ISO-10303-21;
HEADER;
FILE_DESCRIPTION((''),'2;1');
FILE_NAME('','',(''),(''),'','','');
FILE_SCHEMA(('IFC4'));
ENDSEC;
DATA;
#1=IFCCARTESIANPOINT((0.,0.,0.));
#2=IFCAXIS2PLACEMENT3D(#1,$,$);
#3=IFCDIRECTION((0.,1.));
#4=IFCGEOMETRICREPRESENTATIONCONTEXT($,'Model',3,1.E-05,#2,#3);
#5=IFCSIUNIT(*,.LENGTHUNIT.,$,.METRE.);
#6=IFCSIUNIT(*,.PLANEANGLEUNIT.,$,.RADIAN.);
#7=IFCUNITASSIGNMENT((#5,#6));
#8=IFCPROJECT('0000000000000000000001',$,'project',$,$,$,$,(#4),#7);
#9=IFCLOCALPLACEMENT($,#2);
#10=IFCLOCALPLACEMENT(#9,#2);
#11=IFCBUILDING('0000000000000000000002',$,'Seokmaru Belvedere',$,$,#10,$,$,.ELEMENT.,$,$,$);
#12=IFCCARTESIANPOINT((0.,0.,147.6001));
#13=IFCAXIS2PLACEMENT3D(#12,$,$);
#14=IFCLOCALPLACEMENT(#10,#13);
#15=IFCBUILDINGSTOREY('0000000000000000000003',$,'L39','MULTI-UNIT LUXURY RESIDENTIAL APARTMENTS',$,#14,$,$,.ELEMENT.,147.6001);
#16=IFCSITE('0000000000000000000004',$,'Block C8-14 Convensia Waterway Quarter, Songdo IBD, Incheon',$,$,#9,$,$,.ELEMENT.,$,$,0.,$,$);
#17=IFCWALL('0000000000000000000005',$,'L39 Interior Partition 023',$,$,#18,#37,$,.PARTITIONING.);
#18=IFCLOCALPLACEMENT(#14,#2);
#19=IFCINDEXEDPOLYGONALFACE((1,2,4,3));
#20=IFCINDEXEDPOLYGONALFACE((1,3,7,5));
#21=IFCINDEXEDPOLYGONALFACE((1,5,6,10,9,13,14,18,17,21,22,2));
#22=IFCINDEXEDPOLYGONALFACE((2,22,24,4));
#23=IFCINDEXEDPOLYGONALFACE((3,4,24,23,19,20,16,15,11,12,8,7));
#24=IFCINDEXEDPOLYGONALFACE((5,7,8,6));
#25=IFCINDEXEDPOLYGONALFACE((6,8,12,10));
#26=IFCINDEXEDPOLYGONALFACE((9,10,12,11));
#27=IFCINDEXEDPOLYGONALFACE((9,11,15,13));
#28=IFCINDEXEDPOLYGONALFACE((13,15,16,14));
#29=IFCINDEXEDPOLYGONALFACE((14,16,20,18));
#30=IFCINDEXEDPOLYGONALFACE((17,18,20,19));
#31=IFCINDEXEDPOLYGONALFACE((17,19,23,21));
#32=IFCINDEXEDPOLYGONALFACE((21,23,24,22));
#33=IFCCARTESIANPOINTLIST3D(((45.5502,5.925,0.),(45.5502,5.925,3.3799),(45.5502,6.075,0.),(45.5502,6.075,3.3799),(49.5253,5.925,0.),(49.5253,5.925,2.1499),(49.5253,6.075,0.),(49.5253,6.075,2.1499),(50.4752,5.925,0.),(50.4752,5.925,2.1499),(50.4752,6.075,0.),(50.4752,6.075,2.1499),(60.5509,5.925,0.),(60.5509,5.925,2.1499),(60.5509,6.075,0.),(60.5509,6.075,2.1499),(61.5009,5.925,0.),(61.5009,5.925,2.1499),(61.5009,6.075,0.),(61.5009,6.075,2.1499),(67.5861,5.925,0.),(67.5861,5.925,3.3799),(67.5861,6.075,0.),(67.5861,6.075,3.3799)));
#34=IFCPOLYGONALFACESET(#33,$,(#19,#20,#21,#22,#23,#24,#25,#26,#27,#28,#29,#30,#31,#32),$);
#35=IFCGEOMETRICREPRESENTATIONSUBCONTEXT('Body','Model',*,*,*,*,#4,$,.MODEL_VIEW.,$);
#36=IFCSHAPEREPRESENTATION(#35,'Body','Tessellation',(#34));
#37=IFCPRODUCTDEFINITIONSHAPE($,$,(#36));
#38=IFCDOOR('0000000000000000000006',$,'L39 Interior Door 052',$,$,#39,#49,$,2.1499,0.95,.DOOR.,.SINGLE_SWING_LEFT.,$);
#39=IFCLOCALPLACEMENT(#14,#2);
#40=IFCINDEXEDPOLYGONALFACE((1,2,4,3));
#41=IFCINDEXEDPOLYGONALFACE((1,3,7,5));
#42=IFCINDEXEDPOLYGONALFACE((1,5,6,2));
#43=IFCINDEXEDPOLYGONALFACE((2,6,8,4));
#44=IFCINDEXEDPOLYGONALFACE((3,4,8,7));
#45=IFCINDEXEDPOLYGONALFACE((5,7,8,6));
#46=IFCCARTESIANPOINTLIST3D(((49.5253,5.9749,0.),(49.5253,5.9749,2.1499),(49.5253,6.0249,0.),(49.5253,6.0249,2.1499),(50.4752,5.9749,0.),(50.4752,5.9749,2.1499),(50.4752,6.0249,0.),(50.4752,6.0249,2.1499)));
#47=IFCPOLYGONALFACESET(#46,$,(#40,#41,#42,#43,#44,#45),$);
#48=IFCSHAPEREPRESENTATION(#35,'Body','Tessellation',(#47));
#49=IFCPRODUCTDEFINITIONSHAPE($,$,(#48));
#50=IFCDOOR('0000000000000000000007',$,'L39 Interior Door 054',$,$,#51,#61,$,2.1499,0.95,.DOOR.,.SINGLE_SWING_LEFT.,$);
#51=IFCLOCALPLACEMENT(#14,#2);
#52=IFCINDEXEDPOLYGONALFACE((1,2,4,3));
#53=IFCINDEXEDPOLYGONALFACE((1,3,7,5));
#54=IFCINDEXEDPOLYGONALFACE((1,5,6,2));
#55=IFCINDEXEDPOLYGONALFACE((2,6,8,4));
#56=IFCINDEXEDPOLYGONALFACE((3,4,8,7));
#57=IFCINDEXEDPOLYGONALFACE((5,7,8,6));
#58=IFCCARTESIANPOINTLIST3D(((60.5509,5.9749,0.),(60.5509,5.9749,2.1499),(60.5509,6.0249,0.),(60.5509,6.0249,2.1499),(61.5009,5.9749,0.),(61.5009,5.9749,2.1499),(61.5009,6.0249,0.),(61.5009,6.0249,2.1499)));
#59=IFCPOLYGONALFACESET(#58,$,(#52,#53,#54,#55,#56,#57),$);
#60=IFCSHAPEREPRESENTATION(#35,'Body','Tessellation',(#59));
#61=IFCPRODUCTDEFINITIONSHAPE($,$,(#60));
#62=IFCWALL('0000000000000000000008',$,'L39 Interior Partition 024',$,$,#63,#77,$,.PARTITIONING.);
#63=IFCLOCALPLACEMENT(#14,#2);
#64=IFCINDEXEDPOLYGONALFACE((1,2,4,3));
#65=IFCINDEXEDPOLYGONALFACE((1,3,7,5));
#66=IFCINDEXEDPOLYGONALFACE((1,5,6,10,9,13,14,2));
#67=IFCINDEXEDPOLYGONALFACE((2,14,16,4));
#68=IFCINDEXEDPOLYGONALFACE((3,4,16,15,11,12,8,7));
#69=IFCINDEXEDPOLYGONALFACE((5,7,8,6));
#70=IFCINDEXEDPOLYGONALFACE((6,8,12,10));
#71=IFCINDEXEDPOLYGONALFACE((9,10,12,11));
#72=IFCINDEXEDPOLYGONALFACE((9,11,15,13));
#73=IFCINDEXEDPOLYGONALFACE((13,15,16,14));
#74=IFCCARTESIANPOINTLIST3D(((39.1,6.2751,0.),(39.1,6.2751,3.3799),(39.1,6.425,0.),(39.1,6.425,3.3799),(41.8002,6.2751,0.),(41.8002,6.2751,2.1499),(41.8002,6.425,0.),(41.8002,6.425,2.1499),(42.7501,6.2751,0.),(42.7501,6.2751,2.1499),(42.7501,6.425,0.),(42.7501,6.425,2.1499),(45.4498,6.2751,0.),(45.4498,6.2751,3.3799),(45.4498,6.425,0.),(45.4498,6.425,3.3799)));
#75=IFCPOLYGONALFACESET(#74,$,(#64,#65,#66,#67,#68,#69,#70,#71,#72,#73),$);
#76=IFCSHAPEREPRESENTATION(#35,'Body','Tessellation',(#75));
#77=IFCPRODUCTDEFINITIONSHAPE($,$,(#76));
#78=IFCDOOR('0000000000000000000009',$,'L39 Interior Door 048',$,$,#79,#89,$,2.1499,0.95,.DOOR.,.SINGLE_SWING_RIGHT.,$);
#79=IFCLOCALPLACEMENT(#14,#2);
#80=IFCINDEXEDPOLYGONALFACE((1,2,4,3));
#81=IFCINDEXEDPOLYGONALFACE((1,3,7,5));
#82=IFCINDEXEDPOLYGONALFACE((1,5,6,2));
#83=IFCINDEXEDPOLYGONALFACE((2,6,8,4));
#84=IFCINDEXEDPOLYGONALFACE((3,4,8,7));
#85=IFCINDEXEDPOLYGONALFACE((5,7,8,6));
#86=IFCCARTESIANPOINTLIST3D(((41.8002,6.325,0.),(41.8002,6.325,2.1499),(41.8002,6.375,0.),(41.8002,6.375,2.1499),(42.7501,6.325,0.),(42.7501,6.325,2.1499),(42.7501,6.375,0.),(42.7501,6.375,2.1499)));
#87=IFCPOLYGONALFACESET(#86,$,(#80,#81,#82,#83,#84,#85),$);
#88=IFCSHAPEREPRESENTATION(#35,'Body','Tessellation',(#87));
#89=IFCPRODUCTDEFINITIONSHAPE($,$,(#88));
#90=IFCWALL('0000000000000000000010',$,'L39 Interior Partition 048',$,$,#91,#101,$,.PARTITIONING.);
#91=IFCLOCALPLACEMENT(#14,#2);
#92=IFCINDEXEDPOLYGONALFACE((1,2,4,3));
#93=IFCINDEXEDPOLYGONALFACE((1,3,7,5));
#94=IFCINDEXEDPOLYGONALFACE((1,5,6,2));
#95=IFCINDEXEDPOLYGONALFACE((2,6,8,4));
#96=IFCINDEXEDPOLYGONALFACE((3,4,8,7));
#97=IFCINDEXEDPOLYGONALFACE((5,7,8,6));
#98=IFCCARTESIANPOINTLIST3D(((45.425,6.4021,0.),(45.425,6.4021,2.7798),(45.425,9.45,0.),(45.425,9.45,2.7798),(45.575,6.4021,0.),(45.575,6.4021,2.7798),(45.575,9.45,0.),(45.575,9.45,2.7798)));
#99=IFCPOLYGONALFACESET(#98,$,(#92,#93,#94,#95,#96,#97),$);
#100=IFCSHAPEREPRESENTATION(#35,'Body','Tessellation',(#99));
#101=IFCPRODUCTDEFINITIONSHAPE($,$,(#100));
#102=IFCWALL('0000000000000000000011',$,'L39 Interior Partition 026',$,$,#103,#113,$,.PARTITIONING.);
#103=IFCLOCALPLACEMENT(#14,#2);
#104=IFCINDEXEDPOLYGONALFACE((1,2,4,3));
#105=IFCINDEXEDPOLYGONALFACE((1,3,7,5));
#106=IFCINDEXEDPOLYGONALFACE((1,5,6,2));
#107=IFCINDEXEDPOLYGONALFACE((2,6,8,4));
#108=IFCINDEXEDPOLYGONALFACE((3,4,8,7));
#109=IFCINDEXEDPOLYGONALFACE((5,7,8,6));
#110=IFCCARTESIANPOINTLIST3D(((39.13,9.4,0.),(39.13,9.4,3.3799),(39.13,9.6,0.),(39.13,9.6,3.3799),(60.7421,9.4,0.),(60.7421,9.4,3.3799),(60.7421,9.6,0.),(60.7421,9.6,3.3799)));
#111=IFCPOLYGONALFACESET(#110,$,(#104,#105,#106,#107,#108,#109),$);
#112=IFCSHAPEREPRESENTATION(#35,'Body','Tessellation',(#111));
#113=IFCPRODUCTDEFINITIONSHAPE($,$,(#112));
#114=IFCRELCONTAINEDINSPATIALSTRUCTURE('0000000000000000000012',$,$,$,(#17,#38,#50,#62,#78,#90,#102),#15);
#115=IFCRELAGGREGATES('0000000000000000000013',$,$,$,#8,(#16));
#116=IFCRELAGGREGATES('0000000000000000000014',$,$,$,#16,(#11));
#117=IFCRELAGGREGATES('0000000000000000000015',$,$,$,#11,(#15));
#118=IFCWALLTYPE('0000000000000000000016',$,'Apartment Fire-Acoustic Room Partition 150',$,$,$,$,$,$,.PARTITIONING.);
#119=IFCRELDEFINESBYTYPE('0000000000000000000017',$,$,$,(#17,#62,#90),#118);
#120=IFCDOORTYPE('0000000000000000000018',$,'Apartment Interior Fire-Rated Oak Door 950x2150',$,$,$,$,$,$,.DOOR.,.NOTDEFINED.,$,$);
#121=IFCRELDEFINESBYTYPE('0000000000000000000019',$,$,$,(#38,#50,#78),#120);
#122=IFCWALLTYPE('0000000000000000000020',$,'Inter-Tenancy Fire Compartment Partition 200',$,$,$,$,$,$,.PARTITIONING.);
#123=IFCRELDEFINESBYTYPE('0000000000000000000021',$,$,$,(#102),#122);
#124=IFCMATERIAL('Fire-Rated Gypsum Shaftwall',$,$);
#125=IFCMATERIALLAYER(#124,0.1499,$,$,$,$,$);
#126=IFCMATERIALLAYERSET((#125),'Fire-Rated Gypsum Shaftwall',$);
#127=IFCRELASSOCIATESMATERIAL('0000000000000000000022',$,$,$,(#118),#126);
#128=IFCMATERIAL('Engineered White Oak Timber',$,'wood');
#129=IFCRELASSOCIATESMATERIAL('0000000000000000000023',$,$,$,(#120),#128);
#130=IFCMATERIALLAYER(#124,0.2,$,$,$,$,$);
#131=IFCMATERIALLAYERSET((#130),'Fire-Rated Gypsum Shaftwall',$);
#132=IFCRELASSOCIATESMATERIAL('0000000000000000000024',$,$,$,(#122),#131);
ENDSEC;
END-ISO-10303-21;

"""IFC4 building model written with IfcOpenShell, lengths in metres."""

from ifc_helpers import new_model, si_unit, direction, frame, frame_2d, origin, place, context, subcontext, project, spatial, rectangle, extrude, source, transform, mapped, material, layer, layer_set, type_object, type_shapes, element, fill, save


model = new_model("IFC4")

# Units and contexts
model_context = context("Model", 3, precision=1e-05, world=origin(), true_north=direction((0.0, 1.0)))
body_context = subcontext(model_context, "Body", "Model", "MODEL_VIEW")
ifc_project = project(units=[si_unit("LENGTHUNIT", "METRE"), si_unit("PLANEANGLEUNIT", "RADIAN")], contexts=[model_context])

# Site, building, storey
site_placement = place(None, origin())
site = spatial("IfcSite", under=ifc_project, at=site_placement, Name="Block C8-14 Convensia Waterway Quarter, Songdo IBD, Incheon", CompositionType="ELEMENT", RefElevation=0.0)
building_placement = place(site_placement, origin())
building = spatial("IfcBuilding", under=site, at=building_placement, Name="Seokmaru Belvedere", CompositionType="ELEMENT")
storey_placement = place(building_placement, frame((0.0, 0.0, 147.6001)))
storey = spatial("IfcBuildingStorey", under=building, at=storey_placement, Name="L39", Description="MULTI-UNIT LUXURY RESIDENTIAL APARTMENTS", CompositionType="ELEMENT", Elevation=147.6001)

# Wall, openings, doors
ifc_material_1 = material(Name="Fire-Rated Gypsum Shaftwall")
ifc_layer_1 = layer(ifc_material_1, 0.1499)
ifc_layer_set_1 = layer_set([ifc_layer_1], Name="Fire-Rated Gypsum Shaftwall")
wall_type_1 = type_object("IfcWallType", Name="Apartment Fire-Acoustic Room Partition 150", PredefinedType="PARTITIONING", material=ifc_layer_set_1)
wall_1_placement = place(storey_placement, frame((45.55, 6.0, 0.0), z_axis=(0.0, 0.0, 1.0), x_axis=(1.0, 0.0, 0.0)))
wall_1 = element("IfcWall", 1, at=wall_1_placement, inside=storey, type_object=wall_type_1, Name="L39 Interior Partition 023", PredefinedType="PARTITIONING", context=body_context, shape_type="SweptSolid", body=[
    extrude(rectangle(XDim=22.0359, YDim=0.1499, at=frame_2d((11.0181, 0.0))), origin(), (0.0, 0.0, 1.0), 3.3799),
])
opening_1_placement = place(wall_1_placement, frame((3.9751, 0.0, 0.0)))
opening_1 = element("IfcOpeningElement", 2, at=opening_1_placement, cuts=wall_1, PredefinedType="OPENING", context=body_context, shape_type="SweptSolid", body=[
    extrude(rectangle(XDim=0.95, YDim=2.1499, at=frame_2d((0.4751, 1.075))), frame((0.0, 0.085, 0.0), z_axis=(0.0, -1.0, 0.0), x_axis=(1.0, 0.0, 0.0)), (0.0, 0.0, 1.0), 0.1699),
])
opening_2_placement = place(wall_1_placement, frame((15.0007, 0.0, 0.0)))
opening_2 = element("IfcOpeningElement", 3, at=opening_2_placement, cuts=wall_1, PredefinedType="OPENING", context=body_context, shape_type="SweptSolid", body=[
    extrude(rectangle(XDim=0.95, YDim=2.1499, at=frame_2d((0.4751, 1.075))), frame((0.0, 0.085, 0.0), z_axis=(0.0, -1.0, 0.0), x_axis=(1.0, 0.0, 0.0)), (0.0, 0.0, 1.0), 0.1699),
])
ifc_material_2 = material(Name="Engineered White Oak Timber", Category="wood")
door_type_1 = type_object("IfcDoorType", Name="Apartment Interior Fire-Rated Oak Door 950x2150", OperationType="NOTDEFINED", PredefinedType="DOOR", material=ifc_material_2)
shared_shape_1 = source(origin(), body_context, "Body", "SweptSolid", [
    extrude(rectangle(XDim=0.95, YDim=2.1499, at=frame_2d((0.4751, 1.075))), frame((0.0, 0.0249, 0.0), z_axis=(0.0, -1.0, 0.0), x_axis=(1.0, 0.0, 0.0)), (0.0, 0.0, 1.0), 0.05),
])
type_shapes(door_type_1, [shared_shape_1])
door_1_placement = place(opening_1_placement, origin())
door_1 = element("IfcDoor", 4, at=door_1_placement, inside=storey, type_object=door_type_1, Name="L39 Interior Door 052", OperationType="SINGLE_SWING_LEFT", OverallHeight=2.1499, OverallWidth=0.95, PredefinedType="DOOR", context=body_context, shape_type="MappedRepresentation", body=[
    mapped(shared_shape_1, transform((0.0, 0.0, 0.0), scale=1.0)),
])
fill(opening_1, door_1)
door_2_placement = place(opening_2_placement, origin())
door_2 = element("IfcDoor", 5, at=door_2_placement, inside=storey, type_object=door_type_1, Name="L39 Interior Door 054", OperationType="SINGLE_SWING_LEFT", OverallHeight=2.1499, OverallWidth=0.95, PredefinedType="DOOR", context=body_context, shape_type="MappedRepresentation", body=[
    mapped(shared_shape_1, transform((0.0, 0.0, 0.0), scale=1.0)),
])
fill(opening_2, door_2)

# Wall, opening, door
wall_2_placement = place(storey_placement, frame((39.1001, 6.3501, 0.0), z_axis=(0.0, 0.0, 1.0), x_axis=(1.0, 0.0, 0.0)))
wall_2 = element("IfcWall", 6, at=wall_2_placement, inside=storey, type_object=wall_type_1, Name="L39 Interior Partition 024", PredefinedType="PARTITIONING", context=body_context, shape_type="SweptSolid", body=[
    extrude(rectangle(XDim=6.3499, YDim=0.1499, at=frame_2d((3.1748, 0.0))), origin(), (0.0, 0.0, 1.0), 3.3799),
])
opening_3_placement = place(wall_2_placement, frame((2.7, 0.0, 0.0)))
opening_3 = element("IfcOpeningElement", 7, at=opening_3_placement, cuts=wall_2, PredefinedType="OPENING", context=body_context, shape_type="SweptSolid", body=[
    extrude(rectangle(XDim=0.95, YDim=2.1499, at=frame_2d((0.4751, 1.075))), frame((0.0, 0.085, 0.0), z_axis=(0.0, -1.0, 0.0), x_axis=(1.0, 0.0, 0.0)), (0.0, 0.0, 1.0), 0.1699),
])
door_3_placement = place(opening_3_placement, origin())
door_3 = element("IfcDoor", 8, at=door_3_placement, inside=storey, type_object=door_type_1, Name="L39 Interior Door 048", OperationType="SINGLE_SWING_RIGHT", OverallHeight=2.1499, OverallWidth=0.95, PredefinedType="DOOR", context=body_context, shape_type="MappedRepresentation", body=[
    mapped(shared_shape_1, transform((0.0, 0.0, 0.0), scale=1.0)),
])
fill(opening_3, door_3)

# Walls
wall_3_placement = place(storey_placement, frame((45.5, 6.4021, 0.0), z_axis=(0.0, 0.0, 1.0), x_axis=(0.0, 1.0, 0.0)))
element("IfcWall", 9, at=wall_3_placement, inside=storey, type_object=wall_type_1, Name="L39 Interior Partition 048", PredefinedType="PARTITIONING", context=body_context, shape_type="SweptSolid", body=[
    extrude(rectangle(XDim=3.0479, YDim=0.1499, at=frame_2d((1.5239, 0.0))), origin(), (0.0, 0.0, 1.0), 2.7798),
])
ifc_layer_2 = layer(ifc_material_1, 0.2)
ifc_layer_set_2 = layer_set([ifc_layer_2], Name="Fire-Rated Gypsum Shaftwall")
wall_type_2 = type_object("IfcWallType", Name="Inter-Tenancy Fire Compartment Partition 200", PredefinedType="PARTITIONING", material=ifc_layer_set_2)
wall_4_placement = place(storey_placement, frame((39.1299, 9.5, 0.0), z_axis=(0.0, 0.0, 1.0), x_axis=(1.0, 0.0, 0.0)))
element("IfcWall", 10, at=wall_4_placement, inside=storey, type_object=wall_type_2, Name="L39 Interior Partition 026", PredefinedType="PARTITIONING", context=body_context, shape_type="SweptSolid", body=[
    extrude(rectangle(XDim=21.6121, YDim=0.2, at=frame_2d((10.8062, 0.0))), origin(), (0.0, 0.0, 1.0), 3.3799),
])

save(model, "model.ifc")
